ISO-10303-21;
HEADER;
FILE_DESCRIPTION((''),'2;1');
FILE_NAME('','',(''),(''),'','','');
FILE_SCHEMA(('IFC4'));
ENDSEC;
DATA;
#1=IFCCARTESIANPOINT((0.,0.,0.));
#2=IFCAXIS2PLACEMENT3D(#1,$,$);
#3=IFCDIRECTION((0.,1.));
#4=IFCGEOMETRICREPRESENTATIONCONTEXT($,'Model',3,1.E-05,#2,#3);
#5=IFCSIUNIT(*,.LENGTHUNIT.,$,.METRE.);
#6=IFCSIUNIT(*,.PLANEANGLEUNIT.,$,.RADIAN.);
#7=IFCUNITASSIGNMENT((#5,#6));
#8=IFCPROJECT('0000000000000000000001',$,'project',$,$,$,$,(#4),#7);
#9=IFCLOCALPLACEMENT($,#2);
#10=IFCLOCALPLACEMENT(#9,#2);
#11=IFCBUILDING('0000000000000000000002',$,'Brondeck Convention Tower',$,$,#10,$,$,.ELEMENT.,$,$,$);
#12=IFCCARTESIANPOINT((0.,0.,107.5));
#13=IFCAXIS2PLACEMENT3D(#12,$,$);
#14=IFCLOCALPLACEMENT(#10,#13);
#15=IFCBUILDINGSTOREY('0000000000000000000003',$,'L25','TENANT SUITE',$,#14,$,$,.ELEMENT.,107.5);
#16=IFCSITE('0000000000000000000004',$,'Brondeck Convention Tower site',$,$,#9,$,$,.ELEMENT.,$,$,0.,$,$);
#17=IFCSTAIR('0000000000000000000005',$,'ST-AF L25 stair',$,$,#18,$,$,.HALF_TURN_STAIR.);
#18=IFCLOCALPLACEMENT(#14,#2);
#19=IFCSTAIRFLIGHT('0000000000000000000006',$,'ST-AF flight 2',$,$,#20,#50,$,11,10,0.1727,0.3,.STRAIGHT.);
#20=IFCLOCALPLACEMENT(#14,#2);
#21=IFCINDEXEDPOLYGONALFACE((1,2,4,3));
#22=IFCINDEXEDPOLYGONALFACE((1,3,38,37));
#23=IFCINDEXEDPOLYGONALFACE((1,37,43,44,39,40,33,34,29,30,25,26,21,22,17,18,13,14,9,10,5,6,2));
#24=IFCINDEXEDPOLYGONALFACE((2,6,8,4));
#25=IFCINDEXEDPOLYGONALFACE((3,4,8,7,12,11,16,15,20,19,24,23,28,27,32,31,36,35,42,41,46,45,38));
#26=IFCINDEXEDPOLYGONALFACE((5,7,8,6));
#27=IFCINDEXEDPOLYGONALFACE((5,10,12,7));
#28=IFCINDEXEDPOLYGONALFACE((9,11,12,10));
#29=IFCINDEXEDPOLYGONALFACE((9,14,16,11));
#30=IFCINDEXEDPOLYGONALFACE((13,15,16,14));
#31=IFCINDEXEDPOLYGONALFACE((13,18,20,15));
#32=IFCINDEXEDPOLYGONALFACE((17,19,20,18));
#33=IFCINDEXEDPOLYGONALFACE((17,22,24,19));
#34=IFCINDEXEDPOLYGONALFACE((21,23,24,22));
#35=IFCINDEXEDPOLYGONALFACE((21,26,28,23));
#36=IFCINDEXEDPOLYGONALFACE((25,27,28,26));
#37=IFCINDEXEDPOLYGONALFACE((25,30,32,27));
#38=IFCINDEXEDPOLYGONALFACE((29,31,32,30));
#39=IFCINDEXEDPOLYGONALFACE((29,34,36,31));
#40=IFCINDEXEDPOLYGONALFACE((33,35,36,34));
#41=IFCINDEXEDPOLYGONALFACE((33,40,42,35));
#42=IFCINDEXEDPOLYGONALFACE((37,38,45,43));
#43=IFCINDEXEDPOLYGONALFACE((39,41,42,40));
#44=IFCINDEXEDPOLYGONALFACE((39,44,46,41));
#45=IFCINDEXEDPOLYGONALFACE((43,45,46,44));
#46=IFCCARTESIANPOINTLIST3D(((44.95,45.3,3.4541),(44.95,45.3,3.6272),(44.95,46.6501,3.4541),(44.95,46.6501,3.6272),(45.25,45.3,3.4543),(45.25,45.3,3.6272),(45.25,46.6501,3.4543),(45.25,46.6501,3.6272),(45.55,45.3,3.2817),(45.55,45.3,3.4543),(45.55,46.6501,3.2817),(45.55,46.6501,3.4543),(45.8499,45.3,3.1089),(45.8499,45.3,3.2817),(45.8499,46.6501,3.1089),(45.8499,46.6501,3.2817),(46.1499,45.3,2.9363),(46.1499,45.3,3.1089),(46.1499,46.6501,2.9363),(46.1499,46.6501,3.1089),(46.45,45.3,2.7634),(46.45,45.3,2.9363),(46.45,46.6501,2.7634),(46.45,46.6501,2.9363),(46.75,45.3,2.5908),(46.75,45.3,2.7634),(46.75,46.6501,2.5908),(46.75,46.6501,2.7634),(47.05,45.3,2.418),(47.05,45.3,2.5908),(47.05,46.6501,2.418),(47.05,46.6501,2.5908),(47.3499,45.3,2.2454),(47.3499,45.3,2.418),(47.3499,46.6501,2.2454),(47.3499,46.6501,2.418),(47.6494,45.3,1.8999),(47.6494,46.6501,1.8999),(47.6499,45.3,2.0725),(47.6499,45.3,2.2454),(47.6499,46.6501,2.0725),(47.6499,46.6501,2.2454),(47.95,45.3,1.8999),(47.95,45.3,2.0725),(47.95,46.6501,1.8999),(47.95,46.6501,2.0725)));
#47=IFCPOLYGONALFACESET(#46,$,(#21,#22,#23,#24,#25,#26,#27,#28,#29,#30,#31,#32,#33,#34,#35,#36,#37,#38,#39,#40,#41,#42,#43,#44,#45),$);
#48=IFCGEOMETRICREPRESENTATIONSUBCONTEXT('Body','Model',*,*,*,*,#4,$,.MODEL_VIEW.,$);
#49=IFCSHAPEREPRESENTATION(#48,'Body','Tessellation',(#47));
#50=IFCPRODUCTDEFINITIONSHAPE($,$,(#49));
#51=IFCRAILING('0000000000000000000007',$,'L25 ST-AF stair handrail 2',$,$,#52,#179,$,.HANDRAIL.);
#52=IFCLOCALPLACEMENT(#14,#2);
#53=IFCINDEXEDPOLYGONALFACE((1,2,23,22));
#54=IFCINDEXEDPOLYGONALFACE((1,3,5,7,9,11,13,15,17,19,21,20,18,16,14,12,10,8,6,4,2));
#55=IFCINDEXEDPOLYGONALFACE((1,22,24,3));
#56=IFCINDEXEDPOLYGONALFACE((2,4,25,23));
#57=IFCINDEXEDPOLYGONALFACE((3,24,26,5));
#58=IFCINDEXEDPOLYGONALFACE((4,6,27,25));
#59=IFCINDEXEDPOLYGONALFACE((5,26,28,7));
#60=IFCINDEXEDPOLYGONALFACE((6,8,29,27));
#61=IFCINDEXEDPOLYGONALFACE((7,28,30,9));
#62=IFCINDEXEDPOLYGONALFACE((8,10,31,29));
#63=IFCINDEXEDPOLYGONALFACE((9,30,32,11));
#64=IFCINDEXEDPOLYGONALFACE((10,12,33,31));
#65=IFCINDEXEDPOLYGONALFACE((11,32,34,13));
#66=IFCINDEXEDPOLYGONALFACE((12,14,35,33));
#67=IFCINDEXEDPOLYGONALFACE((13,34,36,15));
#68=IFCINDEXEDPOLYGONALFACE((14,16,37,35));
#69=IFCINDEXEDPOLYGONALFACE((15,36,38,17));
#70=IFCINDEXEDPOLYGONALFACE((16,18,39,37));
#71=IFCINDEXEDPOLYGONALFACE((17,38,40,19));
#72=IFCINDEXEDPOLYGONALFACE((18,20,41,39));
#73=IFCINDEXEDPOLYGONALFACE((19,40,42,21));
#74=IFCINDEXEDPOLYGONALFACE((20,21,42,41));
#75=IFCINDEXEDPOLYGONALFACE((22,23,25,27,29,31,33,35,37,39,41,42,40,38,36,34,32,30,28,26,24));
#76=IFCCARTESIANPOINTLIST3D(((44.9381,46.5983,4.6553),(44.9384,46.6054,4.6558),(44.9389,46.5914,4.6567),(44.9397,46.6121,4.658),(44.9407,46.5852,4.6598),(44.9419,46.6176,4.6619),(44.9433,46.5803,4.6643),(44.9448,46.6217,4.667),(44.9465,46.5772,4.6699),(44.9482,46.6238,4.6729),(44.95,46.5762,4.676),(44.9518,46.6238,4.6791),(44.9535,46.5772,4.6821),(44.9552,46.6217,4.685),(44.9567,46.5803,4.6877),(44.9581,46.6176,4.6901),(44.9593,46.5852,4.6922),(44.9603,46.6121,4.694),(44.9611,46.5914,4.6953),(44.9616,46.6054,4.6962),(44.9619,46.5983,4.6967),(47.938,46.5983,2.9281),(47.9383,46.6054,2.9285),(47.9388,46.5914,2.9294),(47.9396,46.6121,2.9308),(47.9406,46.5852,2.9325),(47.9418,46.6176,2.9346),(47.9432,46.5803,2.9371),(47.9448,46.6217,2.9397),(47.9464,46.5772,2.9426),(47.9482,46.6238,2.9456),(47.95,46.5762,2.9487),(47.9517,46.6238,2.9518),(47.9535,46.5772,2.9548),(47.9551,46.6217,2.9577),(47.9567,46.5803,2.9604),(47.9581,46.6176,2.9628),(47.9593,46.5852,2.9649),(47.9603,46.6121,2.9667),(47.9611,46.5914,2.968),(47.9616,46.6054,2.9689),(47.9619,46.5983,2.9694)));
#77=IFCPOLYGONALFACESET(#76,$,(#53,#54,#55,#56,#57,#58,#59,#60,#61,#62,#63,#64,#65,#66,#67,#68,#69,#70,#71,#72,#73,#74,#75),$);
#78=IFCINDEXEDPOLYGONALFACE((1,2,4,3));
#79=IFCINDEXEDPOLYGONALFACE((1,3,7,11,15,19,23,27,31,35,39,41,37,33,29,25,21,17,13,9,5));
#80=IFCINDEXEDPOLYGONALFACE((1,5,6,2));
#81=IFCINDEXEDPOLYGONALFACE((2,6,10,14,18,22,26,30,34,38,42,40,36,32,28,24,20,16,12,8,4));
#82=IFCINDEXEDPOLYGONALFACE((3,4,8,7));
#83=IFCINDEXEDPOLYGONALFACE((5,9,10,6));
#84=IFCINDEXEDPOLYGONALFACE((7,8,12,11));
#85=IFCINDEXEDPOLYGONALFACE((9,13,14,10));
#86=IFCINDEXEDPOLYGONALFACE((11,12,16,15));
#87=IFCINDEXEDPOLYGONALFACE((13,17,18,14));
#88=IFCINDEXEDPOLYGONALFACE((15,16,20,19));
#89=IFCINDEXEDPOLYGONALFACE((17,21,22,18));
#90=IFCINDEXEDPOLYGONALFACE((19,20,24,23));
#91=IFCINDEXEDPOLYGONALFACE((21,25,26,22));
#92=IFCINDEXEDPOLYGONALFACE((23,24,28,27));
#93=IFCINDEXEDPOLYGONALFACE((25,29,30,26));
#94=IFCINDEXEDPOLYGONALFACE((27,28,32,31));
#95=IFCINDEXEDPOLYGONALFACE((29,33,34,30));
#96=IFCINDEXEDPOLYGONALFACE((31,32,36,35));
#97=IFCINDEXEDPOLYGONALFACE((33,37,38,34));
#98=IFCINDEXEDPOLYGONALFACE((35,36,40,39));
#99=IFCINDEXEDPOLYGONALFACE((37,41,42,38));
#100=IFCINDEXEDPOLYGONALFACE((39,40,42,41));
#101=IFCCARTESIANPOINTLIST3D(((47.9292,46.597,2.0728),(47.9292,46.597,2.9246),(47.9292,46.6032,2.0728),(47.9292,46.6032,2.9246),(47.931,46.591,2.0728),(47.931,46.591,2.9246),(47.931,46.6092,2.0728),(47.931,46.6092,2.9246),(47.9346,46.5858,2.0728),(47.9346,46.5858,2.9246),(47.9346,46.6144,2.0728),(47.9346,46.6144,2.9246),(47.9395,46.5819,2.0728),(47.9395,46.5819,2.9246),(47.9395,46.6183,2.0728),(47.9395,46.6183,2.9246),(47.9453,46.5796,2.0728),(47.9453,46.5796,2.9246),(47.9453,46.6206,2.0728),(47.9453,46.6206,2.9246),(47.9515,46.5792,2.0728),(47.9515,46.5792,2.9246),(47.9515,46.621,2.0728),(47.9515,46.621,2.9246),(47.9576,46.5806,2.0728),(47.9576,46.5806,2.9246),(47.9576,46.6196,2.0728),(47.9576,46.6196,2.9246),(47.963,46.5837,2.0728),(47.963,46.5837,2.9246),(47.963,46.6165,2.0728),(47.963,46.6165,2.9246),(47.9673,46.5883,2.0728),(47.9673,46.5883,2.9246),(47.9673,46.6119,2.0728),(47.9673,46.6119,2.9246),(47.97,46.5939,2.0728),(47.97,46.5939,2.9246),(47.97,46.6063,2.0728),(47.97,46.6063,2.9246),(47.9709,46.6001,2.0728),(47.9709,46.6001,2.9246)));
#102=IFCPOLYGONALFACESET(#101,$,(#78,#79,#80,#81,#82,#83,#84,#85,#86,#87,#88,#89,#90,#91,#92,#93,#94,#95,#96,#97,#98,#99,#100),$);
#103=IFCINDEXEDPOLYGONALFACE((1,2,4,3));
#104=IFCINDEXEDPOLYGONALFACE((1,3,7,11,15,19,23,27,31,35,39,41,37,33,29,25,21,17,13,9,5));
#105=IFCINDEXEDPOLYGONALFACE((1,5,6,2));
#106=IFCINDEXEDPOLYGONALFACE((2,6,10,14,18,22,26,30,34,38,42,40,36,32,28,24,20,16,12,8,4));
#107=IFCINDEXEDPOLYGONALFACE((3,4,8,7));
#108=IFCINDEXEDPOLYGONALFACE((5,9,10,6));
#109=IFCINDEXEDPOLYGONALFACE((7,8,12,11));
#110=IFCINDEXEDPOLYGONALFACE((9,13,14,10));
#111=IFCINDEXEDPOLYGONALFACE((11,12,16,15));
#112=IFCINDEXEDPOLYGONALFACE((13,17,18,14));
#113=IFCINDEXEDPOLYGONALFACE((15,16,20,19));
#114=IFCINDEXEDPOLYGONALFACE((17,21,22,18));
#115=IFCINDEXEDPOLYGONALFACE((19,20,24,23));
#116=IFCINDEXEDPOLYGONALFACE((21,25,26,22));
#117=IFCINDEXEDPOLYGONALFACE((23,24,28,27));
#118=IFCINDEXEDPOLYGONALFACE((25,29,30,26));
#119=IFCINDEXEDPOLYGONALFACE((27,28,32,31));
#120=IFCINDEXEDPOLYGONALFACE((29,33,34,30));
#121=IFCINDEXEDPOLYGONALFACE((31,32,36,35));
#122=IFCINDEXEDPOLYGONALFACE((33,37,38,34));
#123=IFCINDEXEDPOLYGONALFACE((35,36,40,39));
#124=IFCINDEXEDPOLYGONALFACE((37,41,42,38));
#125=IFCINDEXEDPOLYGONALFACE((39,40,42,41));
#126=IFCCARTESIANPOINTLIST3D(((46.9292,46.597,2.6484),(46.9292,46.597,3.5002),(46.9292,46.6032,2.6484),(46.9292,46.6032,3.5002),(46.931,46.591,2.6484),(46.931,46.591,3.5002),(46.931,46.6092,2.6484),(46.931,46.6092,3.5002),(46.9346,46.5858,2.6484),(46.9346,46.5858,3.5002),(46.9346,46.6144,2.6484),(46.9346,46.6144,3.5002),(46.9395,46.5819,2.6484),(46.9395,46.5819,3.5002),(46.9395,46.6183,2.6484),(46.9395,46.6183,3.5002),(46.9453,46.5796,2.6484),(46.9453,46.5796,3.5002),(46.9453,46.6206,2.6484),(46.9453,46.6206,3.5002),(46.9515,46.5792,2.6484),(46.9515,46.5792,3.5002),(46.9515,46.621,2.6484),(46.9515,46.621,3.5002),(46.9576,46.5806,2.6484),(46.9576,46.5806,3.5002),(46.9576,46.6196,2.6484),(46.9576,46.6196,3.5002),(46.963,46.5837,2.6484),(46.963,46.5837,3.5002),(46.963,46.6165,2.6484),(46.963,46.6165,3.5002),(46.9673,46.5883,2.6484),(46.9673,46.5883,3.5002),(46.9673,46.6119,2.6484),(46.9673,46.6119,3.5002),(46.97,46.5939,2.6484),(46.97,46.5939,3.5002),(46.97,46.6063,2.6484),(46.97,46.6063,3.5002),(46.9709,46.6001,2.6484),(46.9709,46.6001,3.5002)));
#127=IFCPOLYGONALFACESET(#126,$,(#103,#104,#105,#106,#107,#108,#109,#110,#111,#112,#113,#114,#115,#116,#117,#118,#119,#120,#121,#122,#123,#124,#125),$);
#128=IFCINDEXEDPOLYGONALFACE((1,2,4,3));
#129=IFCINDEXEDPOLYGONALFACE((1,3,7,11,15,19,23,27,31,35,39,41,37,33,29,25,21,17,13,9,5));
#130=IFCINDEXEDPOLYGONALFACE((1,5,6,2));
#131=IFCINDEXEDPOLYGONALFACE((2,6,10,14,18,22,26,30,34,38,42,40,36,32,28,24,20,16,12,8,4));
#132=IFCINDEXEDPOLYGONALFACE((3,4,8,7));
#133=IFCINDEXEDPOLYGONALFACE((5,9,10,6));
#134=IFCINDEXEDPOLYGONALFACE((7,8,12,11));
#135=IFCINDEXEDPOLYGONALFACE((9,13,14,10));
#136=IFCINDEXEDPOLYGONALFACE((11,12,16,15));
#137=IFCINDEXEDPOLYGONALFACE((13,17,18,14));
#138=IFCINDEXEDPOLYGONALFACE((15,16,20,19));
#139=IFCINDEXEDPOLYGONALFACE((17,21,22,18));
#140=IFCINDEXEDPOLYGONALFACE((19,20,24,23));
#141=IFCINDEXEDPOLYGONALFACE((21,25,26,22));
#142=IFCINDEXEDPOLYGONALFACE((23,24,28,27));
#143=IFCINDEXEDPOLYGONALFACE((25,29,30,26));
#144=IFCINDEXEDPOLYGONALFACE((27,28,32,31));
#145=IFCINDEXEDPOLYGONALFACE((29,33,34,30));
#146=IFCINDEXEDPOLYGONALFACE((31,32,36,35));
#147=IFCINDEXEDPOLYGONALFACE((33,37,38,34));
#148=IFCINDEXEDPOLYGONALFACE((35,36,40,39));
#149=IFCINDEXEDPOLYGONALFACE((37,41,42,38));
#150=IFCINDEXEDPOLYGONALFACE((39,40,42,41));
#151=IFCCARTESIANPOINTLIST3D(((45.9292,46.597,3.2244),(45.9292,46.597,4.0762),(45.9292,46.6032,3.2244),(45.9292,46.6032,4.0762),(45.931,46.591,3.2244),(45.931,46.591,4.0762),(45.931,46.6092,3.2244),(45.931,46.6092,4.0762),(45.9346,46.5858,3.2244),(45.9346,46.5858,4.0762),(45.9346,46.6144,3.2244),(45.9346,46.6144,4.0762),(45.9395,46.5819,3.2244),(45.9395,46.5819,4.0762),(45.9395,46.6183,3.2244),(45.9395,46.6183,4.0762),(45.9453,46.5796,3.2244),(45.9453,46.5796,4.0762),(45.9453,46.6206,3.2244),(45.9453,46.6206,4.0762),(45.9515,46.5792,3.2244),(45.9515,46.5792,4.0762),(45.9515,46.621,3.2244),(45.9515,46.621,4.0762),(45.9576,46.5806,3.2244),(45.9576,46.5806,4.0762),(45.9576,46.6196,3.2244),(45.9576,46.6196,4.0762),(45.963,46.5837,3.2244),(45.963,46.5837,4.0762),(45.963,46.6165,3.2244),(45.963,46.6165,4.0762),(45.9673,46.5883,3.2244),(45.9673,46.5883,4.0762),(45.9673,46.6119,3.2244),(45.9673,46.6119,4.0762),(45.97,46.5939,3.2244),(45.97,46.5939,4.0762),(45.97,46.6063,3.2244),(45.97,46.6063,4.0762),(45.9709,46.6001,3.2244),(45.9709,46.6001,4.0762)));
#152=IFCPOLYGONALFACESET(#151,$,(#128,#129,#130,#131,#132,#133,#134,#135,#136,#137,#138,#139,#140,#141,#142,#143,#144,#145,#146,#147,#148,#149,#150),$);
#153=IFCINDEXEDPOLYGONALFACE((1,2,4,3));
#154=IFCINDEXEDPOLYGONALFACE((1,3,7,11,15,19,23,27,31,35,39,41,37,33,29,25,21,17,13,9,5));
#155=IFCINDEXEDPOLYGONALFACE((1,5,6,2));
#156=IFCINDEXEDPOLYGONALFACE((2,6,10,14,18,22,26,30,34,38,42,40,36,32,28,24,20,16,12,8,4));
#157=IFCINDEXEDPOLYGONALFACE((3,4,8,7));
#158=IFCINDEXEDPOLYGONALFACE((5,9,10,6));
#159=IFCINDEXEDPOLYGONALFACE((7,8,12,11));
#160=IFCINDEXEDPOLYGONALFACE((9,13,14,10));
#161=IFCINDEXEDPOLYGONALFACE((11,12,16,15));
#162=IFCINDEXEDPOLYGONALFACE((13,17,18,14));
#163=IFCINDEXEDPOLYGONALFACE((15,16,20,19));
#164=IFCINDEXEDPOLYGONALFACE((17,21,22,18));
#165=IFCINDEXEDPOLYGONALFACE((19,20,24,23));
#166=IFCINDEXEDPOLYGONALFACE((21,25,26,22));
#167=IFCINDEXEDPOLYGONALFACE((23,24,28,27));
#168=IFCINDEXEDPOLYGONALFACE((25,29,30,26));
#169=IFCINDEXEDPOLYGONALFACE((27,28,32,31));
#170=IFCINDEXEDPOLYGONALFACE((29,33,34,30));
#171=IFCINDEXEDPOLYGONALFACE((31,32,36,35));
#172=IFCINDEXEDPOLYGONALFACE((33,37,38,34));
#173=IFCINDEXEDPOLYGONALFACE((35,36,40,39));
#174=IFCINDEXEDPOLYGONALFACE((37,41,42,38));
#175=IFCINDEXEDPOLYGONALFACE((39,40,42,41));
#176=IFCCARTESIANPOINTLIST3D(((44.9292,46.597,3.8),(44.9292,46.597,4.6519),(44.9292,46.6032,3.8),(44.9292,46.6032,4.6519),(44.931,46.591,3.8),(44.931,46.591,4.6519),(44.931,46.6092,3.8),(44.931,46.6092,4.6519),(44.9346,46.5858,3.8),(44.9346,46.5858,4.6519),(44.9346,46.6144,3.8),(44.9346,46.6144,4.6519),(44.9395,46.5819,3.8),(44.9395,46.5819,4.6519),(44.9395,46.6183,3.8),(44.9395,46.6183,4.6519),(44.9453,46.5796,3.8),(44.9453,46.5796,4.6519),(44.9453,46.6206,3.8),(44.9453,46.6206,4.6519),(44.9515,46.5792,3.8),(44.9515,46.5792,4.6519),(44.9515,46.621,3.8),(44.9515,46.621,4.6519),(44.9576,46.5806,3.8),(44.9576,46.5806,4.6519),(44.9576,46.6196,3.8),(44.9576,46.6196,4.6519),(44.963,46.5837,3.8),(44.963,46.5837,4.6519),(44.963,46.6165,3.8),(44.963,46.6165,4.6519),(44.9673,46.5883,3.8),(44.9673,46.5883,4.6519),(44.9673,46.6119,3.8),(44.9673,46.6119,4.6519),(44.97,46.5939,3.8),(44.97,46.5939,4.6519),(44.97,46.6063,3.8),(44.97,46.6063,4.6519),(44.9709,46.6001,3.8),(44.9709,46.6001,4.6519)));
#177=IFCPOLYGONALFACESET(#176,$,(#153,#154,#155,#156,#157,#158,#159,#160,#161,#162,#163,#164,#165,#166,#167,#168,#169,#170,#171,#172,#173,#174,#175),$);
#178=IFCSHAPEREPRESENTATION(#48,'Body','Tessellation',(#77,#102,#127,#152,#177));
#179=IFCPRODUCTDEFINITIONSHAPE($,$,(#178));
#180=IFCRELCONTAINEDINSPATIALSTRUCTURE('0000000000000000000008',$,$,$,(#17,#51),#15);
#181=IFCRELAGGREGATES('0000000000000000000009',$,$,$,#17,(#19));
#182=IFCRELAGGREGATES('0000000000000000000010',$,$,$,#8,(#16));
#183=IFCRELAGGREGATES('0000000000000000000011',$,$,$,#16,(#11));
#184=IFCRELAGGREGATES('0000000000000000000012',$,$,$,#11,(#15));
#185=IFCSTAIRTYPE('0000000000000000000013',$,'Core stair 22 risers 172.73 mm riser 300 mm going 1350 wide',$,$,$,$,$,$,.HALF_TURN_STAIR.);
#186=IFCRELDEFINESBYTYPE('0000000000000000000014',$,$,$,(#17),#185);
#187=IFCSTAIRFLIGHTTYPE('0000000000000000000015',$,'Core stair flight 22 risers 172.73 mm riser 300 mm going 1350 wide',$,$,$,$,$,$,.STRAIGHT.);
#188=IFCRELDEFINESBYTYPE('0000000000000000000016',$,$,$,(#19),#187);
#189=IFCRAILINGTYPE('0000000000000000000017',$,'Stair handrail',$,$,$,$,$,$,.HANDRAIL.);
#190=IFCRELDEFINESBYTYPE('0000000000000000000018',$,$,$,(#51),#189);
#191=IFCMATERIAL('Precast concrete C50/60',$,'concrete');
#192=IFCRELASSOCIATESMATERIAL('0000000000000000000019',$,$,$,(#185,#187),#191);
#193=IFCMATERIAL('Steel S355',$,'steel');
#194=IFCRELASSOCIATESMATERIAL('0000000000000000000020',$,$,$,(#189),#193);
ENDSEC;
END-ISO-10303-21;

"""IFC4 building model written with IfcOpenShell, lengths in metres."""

from ifc_helpers import new_model, si_unit, direction, frame, origin, origin_2d, place, context, subcontext, project, spatial, polyline, circle, outline, extrude, material, type_object, element, aggregate, save


model = new_model("IFC4")

# Units and contexts
model_context = context("Model", 3, precision=1e-05, world=origin(), true_north=direction((0.0, 1.0)))
body_context = subcontext(model_context, "Body", "Model", "MODEL_VIEW")
ifc_project = project(units=[si_unit("LENGTHUNIT", "METRE"), si_unit("PLANEANGLEUNIT", "RADIAN")], contexts=[model_context])

# Site, building, storey
site_placement = place(None, origin())
site = spatial("IfcSite", under=ifc_project, at=site_placement, Name="Brondeck Convention Tower site", CompositionType="ELEMENT", RefElevation=0.0)
building_placement = place(site_placement, origin())
building = spatial("IfcBuilding", under=site, at=building_placement, Name="Brondeck Convention Tower", CompositionType="ELEMENT")
storey_placement = place(building_placement, frame((0.0, 0.0, 107.5)))
storey = spatial("IfcBuildingStorey", under=building, at=storey_placement, Name="L25", Description="TENANT SUITE", CompositionType="ELEMENT", Elevation=107.5)

# Shared definitions
ifc_material_1 = material(Name="Steel S355", Category="steel")

# Stair, stair flight
ifc_material_2 = material(Name="Precast concrete C50/60", Category="concrete")
stair_type = type_object("IfcStairType", Name="Core stair 22 risers 172.73 mm riser 300 mm going 1350 wide", PredefinedType="HALF_TURN_STAIR", material=ifc_material_2)
stair_placement = place(storey_placement, origin())
stair = element("IfcStair", 1, at=stair_placement, inside=storey, type_object=stair_type, Name="ST-AF L25 stair", PredefinedType="HALF_TURN_STAIR")
stair_flight_type = type_object("IfcStairFlightType", Name="Core stair flight 22 risers 172.73 mm riser 300 mm going 1350 wide", PredefinedType="STRAIGHT", material=ifc_material_2)
stair_flight_placement = place(storey_placement, frame((47.95, 45.9751, 1.8999), z_axis=(0.0, 0.0, 1.0), x_axis=(-1.0, 0.0, 0.0)))
stair_flight = element("IfcStairFlight", 2, at=stair_flight_placement, type_object=stair_flight_type, Name="ST-AF flight 2", NumberOfRisers=11, NumberOfTreads=10, PredefinedType="STRAIGHT", RiserHeight=0.1727, TreadLength=0.3, context=body_context, shape_type="SweptSolid", body=[
    extrude(outline(polyline([(0.0, 0.0), (0.0, 0.1726), (0.3, 0.1726), (0.3, 0.3455), (0.6001, 0.3455), (0.6001, 0.5181), (0.8999, 0.5181), (0.8999, 0.6909), (1.2, 0.6909), (1.2, 0.8635), (1.5, 0.8635), (1.5, 1.0364), (1.8, 1.0364), (1.8, 1.209), (2.1001, 1.209), (2.1001, 1.3818), (2.3999, 1.3818), (2.3999, 1.5544), (2.7, 1.5544), (2.7, 1.7273), (3.0, 1.7273), (3.0, 1.8999), (3.0, 1.5542), (0.3005, 0.0), (0.0, 0.0)])), frame((0.0, 0.675, 0.0), z_axis=(0.0, -1.0, 0.0), x_axis=(1.0, 0.0, 0.0)), (0.0, 0.0, 1.0), 1.3501),
])
aggregate(stair, [stair_flight])

# Railing
railing_type = type_object("IfcRailingType", Name="Stair handrail", PredefinedType="HANDRAIL", material=ifc_material_1)
railing_placement = place(storey_placement, frame((47.95, 46.6001, 2.0728)))
element("IfcRailing", 3, at=railing_placement, inside=storey, type_object=railing_type, Name="L25 ST-AF stair handrail 2", PredefinedType="HANDRAIL", context=body_context, shape_type="SweptSolid", body=[
    extrude(circle(Radius=0.0239, at=origin_2d()), frame((0.0, 0.0, 0.876), z_axis=(-0.86662, 0.0, 0.498969), x_axis=(0.0, -1.0, 0.0)), (0.0, 0.0, 1.0), 3.4617),
    extrude(circle(Radius=0.021, at=origin_2d()), origin(), (0.0, 0.0, 1.0), 0.8518),
    extrude(circle(Radius=0.021, at=origin_2d()), frame((-1.0, 0.0, 0.5757)), (0.0, 0.0, 1.0), 0.8518),
    extrude(circle(Radius=0.021, at=origin_2d()), frame((-2.0, 0.0, 1.1516)), (0.0, 0.0, 1.0), 0.8518),
    extrude(circle(Radius=0.021, at=origin_2d()), frame((-3.0, 0.0, 1.7273)), (0.0, 0.0, 1.0), 0.8518),
])

save(model, "model.ifc")
